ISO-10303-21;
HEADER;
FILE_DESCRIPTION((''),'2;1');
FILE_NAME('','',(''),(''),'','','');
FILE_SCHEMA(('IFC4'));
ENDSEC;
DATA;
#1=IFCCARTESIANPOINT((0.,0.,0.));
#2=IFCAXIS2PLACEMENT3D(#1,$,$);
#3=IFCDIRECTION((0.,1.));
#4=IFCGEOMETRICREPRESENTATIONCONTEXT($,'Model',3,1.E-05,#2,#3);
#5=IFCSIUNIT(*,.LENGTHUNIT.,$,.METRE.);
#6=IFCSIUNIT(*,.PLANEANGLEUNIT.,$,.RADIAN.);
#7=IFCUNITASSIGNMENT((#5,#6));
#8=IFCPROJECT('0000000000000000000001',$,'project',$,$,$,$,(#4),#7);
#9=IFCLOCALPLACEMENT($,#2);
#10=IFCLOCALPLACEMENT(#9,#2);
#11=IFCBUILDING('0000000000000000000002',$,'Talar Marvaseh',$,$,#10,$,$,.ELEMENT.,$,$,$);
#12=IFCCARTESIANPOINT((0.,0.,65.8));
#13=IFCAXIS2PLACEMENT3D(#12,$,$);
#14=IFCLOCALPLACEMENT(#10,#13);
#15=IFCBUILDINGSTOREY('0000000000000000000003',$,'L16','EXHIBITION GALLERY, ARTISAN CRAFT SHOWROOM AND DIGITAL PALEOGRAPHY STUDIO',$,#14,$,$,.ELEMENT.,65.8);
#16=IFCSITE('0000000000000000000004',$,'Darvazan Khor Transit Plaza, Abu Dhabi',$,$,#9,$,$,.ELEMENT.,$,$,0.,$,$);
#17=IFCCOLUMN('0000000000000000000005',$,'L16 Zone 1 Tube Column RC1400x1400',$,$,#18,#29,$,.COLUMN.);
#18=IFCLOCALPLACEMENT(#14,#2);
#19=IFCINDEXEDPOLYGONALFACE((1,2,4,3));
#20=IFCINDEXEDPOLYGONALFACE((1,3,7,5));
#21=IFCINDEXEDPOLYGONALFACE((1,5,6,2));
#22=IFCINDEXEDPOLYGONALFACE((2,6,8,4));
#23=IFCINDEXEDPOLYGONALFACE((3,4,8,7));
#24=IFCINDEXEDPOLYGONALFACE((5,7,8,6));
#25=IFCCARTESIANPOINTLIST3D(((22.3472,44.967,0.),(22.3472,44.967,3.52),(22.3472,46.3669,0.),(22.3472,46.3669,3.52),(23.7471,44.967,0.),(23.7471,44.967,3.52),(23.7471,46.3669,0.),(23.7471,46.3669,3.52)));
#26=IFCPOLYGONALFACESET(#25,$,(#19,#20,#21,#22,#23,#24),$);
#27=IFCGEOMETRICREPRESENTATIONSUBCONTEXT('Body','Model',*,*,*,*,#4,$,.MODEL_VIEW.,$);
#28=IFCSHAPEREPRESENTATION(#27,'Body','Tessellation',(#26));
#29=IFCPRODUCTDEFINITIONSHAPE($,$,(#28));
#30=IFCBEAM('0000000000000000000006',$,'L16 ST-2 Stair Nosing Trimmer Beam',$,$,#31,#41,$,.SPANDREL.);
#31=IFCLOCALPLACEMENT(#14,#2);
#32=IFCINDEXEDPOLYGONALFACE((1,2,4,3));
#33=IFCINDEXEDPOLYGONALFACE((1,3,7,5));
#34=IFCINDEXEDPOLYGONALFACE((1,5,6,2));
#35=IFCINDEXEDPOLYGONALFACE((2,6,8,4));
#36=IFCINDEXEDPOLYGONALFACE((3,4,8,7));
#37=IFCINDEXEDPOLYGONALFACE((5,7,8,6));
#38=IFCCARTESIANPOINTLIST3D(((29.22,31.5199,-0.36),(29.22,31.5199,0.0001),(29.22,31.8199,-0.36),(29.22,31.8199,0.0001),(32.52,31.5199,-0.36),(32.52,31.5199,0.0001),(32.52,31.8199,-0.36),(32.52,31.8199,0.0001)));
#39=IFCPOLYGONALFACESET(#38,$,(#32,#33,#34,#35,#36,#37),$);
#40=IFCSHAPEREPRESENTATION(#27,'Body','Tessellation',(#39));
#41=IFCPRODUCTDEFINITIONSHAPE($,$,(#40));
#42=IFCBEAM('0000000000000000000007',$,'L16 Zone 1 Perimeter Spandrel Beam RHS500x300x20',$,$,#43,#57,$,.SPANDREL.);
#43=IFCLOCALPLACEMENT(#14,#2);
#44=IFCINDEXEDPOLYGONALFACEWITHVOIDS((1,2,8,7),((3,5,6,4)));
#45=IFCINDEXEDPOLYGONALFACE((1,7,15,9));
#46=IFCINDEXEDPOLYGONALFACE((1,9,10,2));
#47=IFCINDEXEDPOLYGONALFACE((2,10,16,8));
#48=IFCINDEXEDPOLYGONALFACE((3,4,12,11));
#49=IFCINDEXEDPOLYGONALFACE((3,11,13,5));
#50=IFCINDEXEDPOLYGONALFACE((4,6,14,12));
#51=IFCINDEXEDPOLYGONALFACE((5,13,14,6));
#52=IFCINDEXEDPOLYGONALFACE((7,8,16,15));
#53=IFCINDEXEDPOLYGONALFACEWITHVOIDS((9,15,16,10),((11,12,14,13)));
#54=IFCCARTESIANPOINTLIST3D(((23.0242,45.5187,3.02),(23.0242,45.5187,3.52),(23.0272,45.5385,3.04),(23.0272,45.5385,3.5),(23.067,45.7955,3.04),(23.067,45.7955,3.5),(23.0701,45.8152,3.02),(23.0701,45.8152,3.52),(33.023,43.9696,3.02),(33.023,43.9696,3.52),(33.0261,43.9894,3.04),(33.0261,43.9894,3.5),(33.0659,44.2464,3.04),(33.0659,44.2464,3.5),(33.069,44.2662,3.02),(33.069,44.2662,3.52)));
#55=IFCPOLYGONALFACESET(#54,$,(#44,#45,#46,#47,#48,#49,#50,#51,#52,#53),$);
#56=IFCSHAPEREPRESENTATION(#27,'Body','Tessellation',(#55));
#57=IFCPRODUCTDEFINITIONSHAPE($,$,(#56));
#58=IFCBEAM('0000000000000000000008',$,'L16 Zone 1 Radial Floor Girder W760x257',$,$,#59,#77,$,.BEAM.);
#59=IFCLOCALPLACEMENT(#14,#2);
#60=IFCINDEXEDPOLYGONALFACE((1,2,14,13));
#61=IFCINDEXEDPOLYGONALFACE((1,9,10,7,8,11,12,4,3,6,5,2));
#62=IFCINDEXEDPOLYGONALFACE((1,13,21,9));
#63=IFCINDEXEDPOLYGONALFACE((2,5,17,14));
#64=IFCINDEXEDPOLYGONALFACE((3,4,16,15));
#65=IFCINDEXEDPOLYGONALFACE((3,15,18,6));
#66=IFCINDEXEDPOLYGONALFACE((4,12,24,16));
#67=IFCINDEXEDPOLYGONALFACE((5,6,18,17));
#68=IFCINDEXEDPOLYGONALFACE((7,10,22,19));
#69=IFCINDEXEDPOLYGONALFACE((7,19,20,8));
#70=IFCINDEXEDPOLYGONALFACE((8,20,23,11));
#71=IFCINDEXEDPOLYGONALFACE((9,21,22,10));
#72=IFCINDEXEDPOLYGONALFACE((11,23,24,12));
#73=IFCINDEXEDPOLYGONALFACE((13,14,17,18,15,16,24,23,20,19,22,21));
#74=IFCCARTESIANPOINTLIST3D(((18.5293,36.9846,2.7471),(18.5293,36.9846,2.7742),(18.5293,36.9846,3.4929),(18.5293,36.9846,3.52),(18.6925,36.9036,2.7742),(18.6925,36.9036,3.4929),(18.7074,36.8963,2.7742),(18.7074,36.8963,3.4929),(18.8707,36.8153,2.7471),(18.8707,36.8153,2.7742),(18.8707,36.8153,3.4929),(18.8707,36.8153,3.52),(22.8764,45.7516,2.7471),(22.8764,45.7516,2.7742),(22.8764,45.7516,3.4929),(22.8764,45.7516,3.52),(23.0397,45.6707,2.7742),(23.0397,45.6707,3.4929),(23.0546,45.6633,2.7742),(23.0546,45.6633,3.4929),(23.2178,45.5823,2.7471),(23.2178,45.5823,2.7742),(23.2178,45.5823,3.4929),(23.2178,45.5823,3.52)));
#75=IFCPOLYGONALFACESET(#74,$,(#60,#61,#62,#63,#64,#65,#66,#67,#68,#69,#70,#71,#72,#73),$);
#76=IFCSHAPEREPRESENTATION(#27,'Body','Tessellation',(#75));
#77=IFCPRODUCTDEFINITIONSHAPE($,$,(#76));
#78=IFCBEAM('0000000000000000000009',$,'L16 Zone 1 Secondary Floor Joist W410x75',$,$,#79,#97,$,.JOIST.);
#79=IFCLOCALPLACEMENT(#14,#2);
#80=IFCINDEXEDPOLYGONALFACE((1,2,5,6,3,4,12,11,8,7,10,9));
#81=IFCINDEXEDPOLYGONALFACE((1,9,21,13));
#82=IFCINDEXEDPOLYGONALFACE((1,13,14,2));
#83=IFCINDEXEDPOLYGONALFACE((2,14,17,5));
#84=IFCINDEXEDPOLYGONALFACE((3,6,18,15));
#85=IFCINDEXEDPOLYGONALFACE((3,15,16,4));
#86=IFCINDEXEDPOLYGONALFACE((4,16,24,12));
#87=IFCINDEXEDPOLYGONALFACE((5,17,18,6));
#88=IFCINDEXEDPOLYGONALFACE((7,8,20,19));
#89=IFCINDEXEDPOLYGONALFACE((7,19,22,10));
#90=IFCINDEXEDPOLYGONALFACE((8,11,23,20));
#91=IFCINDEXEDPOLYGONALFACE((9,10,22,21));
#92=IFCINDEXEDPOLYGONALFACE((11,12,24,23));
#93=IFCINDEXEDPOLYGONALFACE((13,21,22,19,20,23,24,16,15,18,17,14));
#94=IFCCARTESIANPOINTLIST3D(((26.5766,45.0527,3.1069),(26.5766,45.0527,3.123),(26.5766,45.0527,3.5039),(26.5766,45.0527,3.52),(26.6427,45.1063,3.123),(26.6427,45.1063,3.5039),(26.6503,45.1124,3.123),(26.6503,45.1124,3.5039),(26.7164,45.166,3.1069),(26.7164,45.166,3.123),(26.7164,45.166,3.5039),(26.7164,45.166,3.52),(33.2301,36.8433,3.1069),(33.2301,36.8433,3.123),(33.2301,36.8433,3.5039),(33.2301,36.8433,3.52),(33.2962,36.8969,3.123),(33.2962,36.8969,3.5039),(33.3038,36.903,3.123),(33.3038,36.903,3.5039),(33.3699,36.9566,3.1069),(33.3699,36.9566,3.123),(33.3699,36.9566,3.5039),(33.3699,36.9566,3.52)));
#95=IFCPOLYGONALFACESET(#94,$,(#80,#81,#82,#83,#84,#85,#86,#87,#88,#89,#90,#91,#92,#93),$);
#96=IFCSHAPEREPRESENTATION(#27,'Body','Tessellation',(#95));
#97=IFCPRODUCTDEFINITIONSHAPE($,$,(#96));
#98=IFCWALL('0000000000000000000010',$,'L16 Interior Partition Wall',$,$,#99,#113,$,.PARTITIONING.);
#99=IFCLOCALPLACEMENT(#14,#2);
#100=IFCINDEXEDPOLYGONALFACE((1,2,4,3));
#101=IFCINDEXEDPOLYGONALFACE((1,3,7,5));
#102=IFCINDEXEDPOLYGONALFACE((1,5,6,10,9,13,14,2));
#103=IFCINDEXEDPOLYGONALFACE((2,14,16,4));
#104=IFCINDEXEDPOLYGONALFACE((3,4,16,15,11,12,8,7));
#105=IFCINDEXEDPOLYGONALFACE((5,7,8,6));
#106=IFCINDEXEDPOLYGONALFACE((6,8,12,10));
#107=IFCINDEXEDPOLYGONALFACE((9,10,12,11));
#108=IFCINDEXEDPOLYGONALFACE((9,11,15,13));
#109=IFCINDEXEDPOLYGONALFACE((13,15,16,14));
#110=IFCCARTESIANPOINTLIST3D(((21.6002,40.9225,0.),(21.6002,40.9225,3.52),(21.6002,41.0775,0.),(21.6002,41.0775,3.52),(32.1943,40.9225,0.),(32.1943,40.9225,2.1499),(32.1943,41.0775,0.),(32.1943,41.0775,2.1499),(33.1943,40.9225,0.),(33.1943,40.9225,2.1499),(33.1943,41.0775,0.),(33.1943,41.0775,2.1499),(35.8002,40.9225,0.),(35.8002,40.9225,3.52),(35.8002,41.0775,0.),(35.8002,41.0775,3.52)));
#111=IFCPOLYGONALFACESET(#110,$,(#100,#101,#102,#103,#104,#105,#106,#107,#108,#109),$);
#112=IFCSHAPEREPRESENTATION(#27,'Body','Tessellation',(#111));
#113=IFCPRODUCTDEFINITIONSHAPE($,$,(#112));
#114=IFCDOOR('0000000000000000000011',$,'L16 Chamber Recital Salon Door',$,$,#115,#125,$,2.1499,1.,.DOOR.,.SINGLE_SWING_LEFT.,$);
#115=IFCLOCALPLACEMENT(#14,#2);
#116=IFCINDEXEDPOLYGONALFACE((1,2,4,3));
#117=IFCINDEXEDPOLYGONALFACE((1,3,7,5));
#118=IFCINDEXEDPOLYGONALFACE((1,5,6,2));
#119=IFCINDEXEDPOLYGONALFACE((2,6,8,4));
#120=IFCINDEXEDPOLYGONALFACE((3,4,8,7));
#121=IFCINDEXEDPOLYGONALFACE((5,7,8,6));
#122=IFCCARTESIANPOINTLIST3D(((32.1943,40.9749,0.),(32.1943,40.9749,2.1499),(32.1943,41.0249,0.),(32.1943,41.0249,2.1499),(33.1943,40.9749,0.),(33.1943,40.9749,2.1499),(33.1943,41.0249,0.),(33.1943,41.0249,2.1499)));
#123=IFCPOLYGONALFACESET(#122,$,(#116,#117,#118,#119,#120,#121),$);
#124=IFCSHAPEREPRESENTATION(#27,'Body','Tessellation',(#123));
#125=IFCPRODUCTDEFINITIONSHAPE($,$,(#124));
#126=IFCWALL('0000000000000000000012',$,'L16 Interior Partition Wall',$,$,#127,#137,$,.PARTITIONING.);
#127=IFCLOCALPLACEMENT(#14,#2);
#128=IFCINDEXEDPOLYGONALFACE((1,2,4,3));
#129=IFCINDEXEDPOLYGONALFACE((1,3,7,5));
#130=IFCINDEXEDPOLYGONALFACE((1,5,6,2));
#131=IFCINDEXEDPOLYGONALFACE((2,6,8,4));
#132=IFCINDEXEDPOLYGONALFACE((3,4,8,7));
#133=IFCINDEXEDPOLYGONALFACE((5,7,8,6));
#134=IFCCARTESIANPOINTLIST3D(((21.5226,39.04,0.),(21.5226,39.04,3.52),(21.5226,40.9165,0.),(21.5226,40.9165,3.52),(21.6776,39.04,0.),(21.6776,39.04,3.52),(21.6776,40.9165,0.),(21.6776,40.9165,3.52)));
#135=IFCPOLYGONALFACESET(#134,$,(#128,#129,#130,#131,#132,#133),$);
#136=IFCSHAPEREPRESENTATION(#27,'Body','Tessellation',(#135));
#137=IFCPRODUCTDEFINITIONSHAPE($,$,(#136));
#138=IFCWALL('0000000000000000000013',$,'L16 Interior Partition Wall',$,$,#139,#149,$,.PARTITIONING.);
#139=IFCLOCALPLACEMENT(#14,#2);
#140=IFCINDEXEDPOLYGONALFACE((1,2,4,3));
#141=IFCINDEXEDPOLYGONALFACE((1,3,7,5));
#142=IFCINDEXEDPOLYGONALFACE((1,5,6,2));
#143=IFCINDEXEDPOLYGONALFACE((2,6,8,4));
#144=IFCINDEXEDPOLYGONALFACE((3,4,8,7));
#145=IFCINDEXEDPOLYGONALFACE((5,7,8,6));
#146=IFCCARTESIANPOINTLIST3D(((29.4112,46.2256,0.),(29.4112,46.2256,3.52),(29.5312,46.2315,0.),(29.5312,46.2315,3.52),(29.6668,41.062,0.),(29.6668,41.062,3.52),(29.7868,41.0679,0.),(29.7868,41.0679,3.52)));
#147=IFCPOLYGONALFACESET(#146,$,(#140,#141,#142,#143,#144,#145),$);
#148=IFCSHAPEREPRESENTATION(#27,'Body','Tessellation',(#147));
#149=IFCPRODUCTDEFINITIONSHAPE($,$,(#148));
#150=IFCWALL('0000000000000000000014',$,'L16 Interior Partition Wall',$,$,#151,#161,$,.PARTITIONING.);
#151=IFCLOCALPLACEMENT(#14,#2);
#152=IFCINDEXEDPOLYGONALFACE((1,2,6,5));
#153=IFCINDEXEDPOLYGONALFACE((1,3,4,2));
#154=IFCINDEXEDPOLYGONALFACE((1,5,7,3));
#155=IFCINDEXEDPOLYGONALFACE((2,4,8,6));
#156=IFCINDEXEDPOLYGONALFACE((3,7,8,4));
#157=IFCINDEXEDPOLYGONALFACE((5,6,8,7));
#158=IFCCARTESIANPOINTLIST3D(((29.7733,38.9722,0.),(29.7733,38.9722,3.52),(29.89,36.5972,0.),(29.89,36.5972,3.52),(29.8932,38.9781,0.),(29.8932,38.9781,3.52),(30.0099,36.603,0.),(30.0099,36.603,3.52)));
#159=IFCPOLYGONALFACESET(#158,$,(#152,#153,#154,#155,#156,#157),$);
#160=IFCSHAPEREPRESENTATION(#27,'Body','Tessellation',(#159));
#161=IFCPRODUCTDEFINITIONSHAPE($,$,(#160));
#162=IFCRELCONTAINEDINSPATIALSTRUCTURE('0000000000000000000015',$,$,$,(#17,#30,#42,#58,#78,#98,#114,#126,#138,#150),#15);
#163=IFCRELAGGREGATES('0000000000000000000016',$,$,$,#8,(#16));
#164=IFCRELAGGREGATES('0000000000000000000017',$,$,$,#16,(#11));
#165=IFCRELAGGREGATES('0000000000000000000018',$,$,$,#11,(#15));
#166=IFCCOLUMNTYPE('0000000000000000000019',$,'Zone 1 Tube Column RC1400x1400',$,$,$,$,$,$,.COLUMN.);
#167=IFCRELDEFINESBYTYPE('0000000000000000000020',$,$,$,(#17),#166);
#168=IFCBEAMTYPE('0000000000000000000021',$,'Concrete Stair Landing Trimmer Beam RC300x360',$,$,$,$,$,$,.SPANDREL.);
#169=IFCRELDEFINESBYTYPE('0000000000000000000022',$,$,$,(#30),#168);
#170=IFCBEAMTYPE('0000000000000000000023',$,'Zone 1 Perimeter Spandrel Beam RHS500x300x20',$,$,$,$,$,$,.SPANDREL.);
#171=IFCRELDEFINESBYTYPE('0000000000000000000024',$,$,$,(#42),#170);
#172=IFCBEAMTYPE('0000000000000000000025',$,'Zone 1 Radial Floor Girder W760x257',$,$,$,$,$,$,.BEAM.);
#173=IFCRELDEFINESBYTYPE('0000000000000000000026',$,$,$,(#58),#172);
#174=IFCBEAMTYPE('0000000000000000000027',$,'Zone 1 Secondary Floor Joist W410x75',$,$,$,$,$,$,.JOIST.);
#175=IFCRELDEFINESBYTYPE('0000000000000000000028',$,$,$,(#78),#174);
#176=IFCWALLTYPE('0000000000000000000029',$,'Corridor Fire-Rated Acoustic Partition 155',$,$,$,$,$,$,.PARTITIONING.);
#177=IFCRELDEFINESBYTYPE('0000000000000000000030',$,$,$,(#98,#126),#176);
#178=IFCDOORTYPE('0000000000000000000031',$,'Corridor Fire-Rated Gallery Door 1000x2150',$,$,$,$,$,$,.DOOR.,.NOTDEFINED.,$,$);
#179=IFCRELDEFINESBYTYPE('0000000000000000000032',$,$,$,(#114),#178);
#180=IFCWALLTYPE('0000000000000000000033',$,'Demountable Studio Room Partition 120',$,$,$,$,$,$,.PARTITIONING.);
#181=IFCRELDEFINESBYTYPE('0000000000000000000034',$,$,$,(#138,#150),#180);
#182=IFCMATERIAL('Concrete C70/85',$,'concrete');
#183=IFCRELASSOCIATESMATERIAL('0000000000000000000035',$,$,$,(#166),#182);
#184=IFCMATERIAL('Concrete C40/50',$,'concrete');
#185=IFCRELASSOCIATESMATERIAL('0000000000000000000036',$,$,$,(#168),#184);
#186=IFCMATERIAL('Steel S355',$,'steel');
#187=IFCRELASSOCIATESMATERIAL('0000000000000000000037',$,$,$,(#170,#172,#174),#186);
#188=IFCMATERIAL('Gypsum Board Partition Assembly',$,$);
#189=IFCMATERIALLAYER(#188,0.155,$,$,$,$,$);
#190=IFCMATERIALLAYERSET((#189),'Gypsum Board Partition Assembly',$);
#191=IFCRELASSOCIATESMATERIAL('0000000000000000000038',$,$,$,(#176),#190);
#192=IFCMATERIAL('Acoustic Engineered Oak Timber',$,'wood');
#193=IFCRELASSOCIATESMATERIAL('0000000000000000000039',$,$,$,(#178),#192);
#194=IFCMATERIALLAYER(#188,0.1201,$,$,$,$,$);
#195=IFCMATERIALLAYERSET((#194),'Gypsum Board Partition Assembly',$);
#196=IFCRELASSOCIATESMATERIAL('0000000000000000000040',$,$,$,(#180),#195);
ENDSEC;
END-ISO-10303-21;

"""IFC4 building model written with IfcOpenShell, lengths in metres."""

from ifc_helpers import new_model, si_unit, direction, frame, frame_2d, origin, origin_2d, place, context, subcontext, project, spatial, rectangle, hollow_rectangle, i_section, extrude, source, transform, mapped, material, layer, layer_set, material_profile, profile_set, type_object, type_shapes, element, fill, save


model = new_model("IFC4")

# Units and contexts
model_context = context("Model", 3, precision=1e-05, world=origin(), true_north=direction((0.0, 1.0)))
body_context = subcontext(model_context, "Body", "Model", "MODEL_VIEW")
ifc_project = project(units=[si_unit("LENGTHUNIT", "METRE"), si_unit("PLANEANGLEUNIT", "RADIAN")], contexts=[model_context])

# Site, building, storey
site_placement = place(None, origin())
site = spatial("IfcSite", under=ifc_project, at=site_placement, Name="Darvazan Khor Transit Plaza, Abu Dhabi", CompositionType="ELEMENT", RefElevation=0.0)
building_placement = place(site_placement, origin())
building = spatial("IfcBuilding", under=site, at=building_placement, Name="Talar Marvaseh", CompositionType="ELEMENT")
storey_placement = place(building_placement, frame((0.0, 0.0, 65.8)))
storey = spatial("IfcBuildingStorey", under=building, at=storey_placement, Name="L16", Description="EXHIBITION GALLERY, ARTISAN CRAFT SHOWROOM AND DIGITAL PALEOGRAPHY STUDIO", CompositionType="ELEMENT", Elevation=65.8)

# Column
ifc_material_1 = material(Name="Concrete C70/85", Category="concrete")
ifc_material_profile_1 = material_profile(ifc_material_1, rectangle(XDim=1.3999, YDim=1.3999, at=origin_2d()), Name="RC1400x1400")
ifc_profile_set_1 = profile_set([ifc_material_profile_1], Name="Concrete C70/85")
column_type = type_object("IfcColumnType", Name="Zone 1 Tube Column RC1400x1400", PredefinedType="COLUMN", material=ifc_profile_set_1)
column_placement = place(storey_placement, frame((23.0471, 45.667, 0.0), z_axis=(0.0, 0.0, 1.0), x_axis=(1.0, 0.0, 0.0)))
element("IfcColumn", 1, at=column_placement, inside=storey, type_object=column_type, Name="L16 Zone 1 Tube Column RC1400x1400", PredefinedType="COLUMN", context=body_context, shape_type="SweptSolid", body=[
    extrude(rectangle(XDim=1.3999, YDim=1.3999, at=origin_2d()), origin(), (0.0, 0.0, 1.0), 3.52),
])

# Beams
ifc_material_2 = material(Name="Concrete C40/50", Category="concrete")
ifc_material_profile_2 = material_profile(ifc_material_2, rectangle(XDim=0.3, YDim=0.3601, at=origin_2d()), Name="RC300x360")
ifc_profile_set_2 = profile_set([ifc_material_profile_2], Name="Concrete C40/50")
beam_type_1 = type_object("IfcBeamType", Name="Concrete Stair Landing Trimmer Beam RC300x360", PredefinedType="SPANDREL", material=ifc_profile_set_2)
beam_1_placement = place(storey_placement, frame((29.22, 31.6699, -0.1799), z_axis=(1.0, 0.0, 0.0), x_axis=(0.0, 1.0, 0.0)))
element("IfcBeam", 2, at=beam_1_placement, inside=storey, type_object=beam_type_1, Name="L16 ST-2 Stair Nosing Trimmer Beam", PredefinedType="SPANDREL", context=body_context, shape_type="SweptSolid", body=[
    extrude(rectangle(XDim=0.3, YDim=0.3601, at=origin_2d()), origin(), (0.0, 0.0, 1.0), 3.3),
])
ifc_material_3 = material(Name="Steel S355", Category="steel")
ifc_material_profile_3 = material_profile(ifc_material_3, hollow_rectangle(XDim=0.3, YDim=0.5, WallThickness=0.02, at=origin_2d()), Name="RHS500x300x20")
ifc_profile_set_3 = profile_set([ifc_material_profile_3], Name="Steel S355")
beam_type_2 = type_object("IfcBeamType", Name="Zone 1 Perimeter Spandrel Beam RHS500x300x20", PredefinedType="SPANDREL", material=ifc_profile_set_3)
beam_2_placement = place(storey_placement, frame((23.0471, 45.667, 3.27), z_axis=(0.988211, -0.1531, 0.0), x_axis=(0.1531, 0.988211, 0.0)))
element("IfcBeam", 3, at=beam_2_placement, inside=storey, type_object=beam_type_2, Name="L16 Zone 1 Perimeter Spandrel Beam RHS500x300x20", PredefinedType="SPANDREL", context=body_context, shape_type="SweptSolid", body=[
    extrude(hollow_rectangle(XDim=0.3, YDim=0.5, WallThickness=0.02, at=origin_2d()), origin(), (0.0, 0.0, 1.0), 10.1182),
])
ifc_material_profile_4 = material_profile(ifc_material_3, i_section(OverallWidth=0.3811, OverallDepth=0.7729, WebThickness=0.0166, FlangeThickness=0.0271, at=origin_2d()), Name="W760x257")
ifc_profile_set_4 = profile_set([ifc_material_profile_4], Name="Steel S355")
beam_type_3 = type_object("IfcBeamType", Name="Zone 1 Radial Floor Girder W760x257", PredefinedType="BEAM", material=ifc_profile_set_4)
beam_3_placement = place(storey_placement, frame((23.0471, 45.667, 3.1335), z_axis=(-0.444237, -0.895909, 0.0), x_axis=(0.895909, -0.444237, 0.0)))
element("IfcBeam", 4, at=beam_3_placement, inside=storey, type_object=beam_type_3, Name="L16 Zone 1 Radial Floor Girder W760x257", PredefinedType="BEAM", context=body_context, shape_type="SweptSolid", body=[
    extrude(i_section(OverallWidth=0.3811, OverallDepth=0.7729, WebThickness=0.0166, FlangeThickness=0.0271, at=origin_2d()), origin(), (0.0, 0.0, 1.0), 9.7856),
])
ifc_material_profile_5 = material_profile(ifc_material_3, i_section(OverallWidth=0.1799, OverallDepth=0.4131, WebThickness=0.0098, FlangeThickness=0.0161, at=origin_2d()), Name="W410x75")
ifc_profile_set_5 = profile_set([ifc_material_profile_5], Name="Steel S355")
beam_type_4 = type_object("IfcBeamType", Name="Zone 1 Secondary Floor Joist W410x75", PredefinedType="JOIST", material=ifc_profile_set_5)
beam_4_placement = place(storey_placement, frame((26.6465, 45.1094, 3.3135), z_axis=(0.629644, -0.776884, 0.0), x_axis=(0.776884, 0.629644, 0.0)))
element("IfcBeam", 5, at=beam_4_placement, inside=storey, type_object=beam_type_4, Name="L16 Zone 1 Secondary Floor Joist W410x75", PredefinedType="JOIST", context=body_context, shape_type="SweptSolid", body=[
    extrude(i_section(OverallWidth=0.1799, OverallDepth=0.4131, WebThickness=0.0098, FlangeThickness=0.0161, at=origin_2d()), origin(), (0.0, 0.0, 1.0), 10.5671),
])

# Wall, opening, door
ifc_material_4 = material(Name="Gypsum Board Partition Assembly")
ifc_layer_1 = layer(ifc_material_4, 0.155)
ifc_layer_set_1 = layer_set([ifc_layer_1], Name="Gypsum Board Partition Assembly")
wall_type_1 = type_object("IfcWallType", Name="Corridor Fire-Rated Acoustic Partition 155", PredefinedType="PARTITIONING", material=ifc_layer_set_1)
wall_1_placement = place(storey_placement, frame((21.6001, 41.0, 0.0), z_axis=(0.0, 0.0, 1.0), x_axis=(1.0, 0.0, 0.0)))
wall_1 = element("IfcWall", 6, at=wall_1_placement, inside=storey, type_object=wall_type_1, Name="L16 Interior Partition Wall", PredefinedType="PARTITIONING", context=body_context, shape_type="SweptSolid", body=[
    extrude(rectangle(XDim=14.2, YDim=0.155, at=frame_2d((7.1001, 0.0))), origin(), (0.0, 0.0, 1.0), 3.52),
])
opening_1_placement = place(wall_1_placement, frame((10.5942, 0.0, 0.0)))
opening_1 = element("IfcOpeningElement", 7, at=opening_1_placement, cuts=wall_1, PredefinedType="OPENING", context=body_context, shape_type="SweptSolid", body=[
    extrude(rectangle(XDim=1.0, YDim=2.1499, at=frame_2d((0.5, 1.075))), frame((0.0, 0.0874, 0.0), z_axis=(0.0, -1.0, 0.0), x_axis=(1.0, 0.0, 0.0)), (0.0, 0.0, 1.0), 0.175),
])
ifc_material_5 = material(Name="Acoustic Engineered Oak Timber", Category="wood")
door_type_1 = type_object("IfcDoorType", Name="Corridor Fire-Rated Gallery Door 1000x2150", OperationType="NOTDEFINED", PredefinedType="DOOR", material=ifc_material_5)
shared_shape_1 = source(origin(), body_context, "Body", "SweptSolid", [
    extrude(rectangle(XDim=1.0, YDim=2.1499, at=frame_2d((0.5, 1.075))), frame((0.0, 0.0249, 0.0), z_axis=(0.0, -1.0, 0.0), x_axis=(1.0, 0.0, 0.0)), (0.0, 0.0, 1.0), 0.05),
])
type_shapes(door_type_1, [shared_shape_1])
door_1_placement = place(opening_1_placement, origin())
door_1 = element("IfcDoor", 8, at=door_1_placement, inside=storey, type_object=door_type_1, Name="L16 Chamber Recital Salon Door", OperationType="SINGLE_SWING_LEFT", OverallHeight=2.1499, OverallWidth=1.0, PredefinedType="DOOR", context=body_context, shape_type="MappedRepresentation", body=[
    mapped(shared_shape_1, transform((0.0, 0.0, 0.0), x_axis=(1.0, 0.0, 0.0), y_axis=(0.0, 1.0, 0.0), z_axis=(0.0, 0.0, 1.0), scale=1.0)),
])
fill(opening_1, door_1)

# Walls
wall_2_placement = place(storey_placement, frame((21.6001, 39.04, 0.0), z_axis=(0.0, 0.0, 1.0), x_axis=(0.0, 1.0, 0.0)))
element("IfcWall", 9, at=wall_2_placement, inside=storey, type_object=wall_type_1, Name="L16 Interior Partition Wall", PredefinedType="PARTITIONING", context=body_context, shape_type="SweptSolid", body=[
    extrude(rectangle(XDim=1.8765, YDim=0.155, at=frame_2d((0.9382, 0.0))), origin(), (0.0, 0.0, 1.0), 3.52),
])
ifc_layer_2 = layer(ifc_material_4, 0.1201)
ifc_layer_set_2 = layer_set([ifc_layer_2], Name="Gypsum Board Partition Assembly")
wall_type_2 = type_object("IfcWallType", Name="Demountable Studio Room Partition 120", PredefinedType="PARTITIONING", material=ifc_layer_set_2)
wall_3_placement = place(storey_placement, frame((29.7268, 41.0649, 0.0), z_axis=(0.0, 0.0, 1.0), x_axis=(-0.049443, 0.998777, 0.0)))
element("IfcWall", 10, at=wall_3_placement, inside=storey, type_object=wall_type_2, Name="L16 Interior Partition Wall", PredefinedType="PARTITIONING", context=body_context, shape_type="SweptSolid", body=[
    extrude(rectangle(XDim=5.1699, YDim=0.1201, at=frame_2d((2.585, 0.0))), origin(), (0.0, 0.0, 1.0), 3.52),
])
wall_4_placement = place(storey_placement, frame((29.95, 36.6001, 0.0), z_axis=(0.0, 0.0, 1.0), x_axis=(-0.049077, 0.998795, 0.0)))
element("IfcWall", 11, at=wall_4_placement, inside=storey, type_object=wall_type_2, Name="L16 Interior Partition Wall", PredefinedType="PARTITIONING", context=body_context, shape_type="SweptSolid", body=[
    extrude(rectangle(XDim=2.3779, YDim=0.1201, at=frame_2d((1.189, 0.0))), origin(), (0.0, 0.0, 1.0), 3.52),
])

save(model, "model.ifc")
